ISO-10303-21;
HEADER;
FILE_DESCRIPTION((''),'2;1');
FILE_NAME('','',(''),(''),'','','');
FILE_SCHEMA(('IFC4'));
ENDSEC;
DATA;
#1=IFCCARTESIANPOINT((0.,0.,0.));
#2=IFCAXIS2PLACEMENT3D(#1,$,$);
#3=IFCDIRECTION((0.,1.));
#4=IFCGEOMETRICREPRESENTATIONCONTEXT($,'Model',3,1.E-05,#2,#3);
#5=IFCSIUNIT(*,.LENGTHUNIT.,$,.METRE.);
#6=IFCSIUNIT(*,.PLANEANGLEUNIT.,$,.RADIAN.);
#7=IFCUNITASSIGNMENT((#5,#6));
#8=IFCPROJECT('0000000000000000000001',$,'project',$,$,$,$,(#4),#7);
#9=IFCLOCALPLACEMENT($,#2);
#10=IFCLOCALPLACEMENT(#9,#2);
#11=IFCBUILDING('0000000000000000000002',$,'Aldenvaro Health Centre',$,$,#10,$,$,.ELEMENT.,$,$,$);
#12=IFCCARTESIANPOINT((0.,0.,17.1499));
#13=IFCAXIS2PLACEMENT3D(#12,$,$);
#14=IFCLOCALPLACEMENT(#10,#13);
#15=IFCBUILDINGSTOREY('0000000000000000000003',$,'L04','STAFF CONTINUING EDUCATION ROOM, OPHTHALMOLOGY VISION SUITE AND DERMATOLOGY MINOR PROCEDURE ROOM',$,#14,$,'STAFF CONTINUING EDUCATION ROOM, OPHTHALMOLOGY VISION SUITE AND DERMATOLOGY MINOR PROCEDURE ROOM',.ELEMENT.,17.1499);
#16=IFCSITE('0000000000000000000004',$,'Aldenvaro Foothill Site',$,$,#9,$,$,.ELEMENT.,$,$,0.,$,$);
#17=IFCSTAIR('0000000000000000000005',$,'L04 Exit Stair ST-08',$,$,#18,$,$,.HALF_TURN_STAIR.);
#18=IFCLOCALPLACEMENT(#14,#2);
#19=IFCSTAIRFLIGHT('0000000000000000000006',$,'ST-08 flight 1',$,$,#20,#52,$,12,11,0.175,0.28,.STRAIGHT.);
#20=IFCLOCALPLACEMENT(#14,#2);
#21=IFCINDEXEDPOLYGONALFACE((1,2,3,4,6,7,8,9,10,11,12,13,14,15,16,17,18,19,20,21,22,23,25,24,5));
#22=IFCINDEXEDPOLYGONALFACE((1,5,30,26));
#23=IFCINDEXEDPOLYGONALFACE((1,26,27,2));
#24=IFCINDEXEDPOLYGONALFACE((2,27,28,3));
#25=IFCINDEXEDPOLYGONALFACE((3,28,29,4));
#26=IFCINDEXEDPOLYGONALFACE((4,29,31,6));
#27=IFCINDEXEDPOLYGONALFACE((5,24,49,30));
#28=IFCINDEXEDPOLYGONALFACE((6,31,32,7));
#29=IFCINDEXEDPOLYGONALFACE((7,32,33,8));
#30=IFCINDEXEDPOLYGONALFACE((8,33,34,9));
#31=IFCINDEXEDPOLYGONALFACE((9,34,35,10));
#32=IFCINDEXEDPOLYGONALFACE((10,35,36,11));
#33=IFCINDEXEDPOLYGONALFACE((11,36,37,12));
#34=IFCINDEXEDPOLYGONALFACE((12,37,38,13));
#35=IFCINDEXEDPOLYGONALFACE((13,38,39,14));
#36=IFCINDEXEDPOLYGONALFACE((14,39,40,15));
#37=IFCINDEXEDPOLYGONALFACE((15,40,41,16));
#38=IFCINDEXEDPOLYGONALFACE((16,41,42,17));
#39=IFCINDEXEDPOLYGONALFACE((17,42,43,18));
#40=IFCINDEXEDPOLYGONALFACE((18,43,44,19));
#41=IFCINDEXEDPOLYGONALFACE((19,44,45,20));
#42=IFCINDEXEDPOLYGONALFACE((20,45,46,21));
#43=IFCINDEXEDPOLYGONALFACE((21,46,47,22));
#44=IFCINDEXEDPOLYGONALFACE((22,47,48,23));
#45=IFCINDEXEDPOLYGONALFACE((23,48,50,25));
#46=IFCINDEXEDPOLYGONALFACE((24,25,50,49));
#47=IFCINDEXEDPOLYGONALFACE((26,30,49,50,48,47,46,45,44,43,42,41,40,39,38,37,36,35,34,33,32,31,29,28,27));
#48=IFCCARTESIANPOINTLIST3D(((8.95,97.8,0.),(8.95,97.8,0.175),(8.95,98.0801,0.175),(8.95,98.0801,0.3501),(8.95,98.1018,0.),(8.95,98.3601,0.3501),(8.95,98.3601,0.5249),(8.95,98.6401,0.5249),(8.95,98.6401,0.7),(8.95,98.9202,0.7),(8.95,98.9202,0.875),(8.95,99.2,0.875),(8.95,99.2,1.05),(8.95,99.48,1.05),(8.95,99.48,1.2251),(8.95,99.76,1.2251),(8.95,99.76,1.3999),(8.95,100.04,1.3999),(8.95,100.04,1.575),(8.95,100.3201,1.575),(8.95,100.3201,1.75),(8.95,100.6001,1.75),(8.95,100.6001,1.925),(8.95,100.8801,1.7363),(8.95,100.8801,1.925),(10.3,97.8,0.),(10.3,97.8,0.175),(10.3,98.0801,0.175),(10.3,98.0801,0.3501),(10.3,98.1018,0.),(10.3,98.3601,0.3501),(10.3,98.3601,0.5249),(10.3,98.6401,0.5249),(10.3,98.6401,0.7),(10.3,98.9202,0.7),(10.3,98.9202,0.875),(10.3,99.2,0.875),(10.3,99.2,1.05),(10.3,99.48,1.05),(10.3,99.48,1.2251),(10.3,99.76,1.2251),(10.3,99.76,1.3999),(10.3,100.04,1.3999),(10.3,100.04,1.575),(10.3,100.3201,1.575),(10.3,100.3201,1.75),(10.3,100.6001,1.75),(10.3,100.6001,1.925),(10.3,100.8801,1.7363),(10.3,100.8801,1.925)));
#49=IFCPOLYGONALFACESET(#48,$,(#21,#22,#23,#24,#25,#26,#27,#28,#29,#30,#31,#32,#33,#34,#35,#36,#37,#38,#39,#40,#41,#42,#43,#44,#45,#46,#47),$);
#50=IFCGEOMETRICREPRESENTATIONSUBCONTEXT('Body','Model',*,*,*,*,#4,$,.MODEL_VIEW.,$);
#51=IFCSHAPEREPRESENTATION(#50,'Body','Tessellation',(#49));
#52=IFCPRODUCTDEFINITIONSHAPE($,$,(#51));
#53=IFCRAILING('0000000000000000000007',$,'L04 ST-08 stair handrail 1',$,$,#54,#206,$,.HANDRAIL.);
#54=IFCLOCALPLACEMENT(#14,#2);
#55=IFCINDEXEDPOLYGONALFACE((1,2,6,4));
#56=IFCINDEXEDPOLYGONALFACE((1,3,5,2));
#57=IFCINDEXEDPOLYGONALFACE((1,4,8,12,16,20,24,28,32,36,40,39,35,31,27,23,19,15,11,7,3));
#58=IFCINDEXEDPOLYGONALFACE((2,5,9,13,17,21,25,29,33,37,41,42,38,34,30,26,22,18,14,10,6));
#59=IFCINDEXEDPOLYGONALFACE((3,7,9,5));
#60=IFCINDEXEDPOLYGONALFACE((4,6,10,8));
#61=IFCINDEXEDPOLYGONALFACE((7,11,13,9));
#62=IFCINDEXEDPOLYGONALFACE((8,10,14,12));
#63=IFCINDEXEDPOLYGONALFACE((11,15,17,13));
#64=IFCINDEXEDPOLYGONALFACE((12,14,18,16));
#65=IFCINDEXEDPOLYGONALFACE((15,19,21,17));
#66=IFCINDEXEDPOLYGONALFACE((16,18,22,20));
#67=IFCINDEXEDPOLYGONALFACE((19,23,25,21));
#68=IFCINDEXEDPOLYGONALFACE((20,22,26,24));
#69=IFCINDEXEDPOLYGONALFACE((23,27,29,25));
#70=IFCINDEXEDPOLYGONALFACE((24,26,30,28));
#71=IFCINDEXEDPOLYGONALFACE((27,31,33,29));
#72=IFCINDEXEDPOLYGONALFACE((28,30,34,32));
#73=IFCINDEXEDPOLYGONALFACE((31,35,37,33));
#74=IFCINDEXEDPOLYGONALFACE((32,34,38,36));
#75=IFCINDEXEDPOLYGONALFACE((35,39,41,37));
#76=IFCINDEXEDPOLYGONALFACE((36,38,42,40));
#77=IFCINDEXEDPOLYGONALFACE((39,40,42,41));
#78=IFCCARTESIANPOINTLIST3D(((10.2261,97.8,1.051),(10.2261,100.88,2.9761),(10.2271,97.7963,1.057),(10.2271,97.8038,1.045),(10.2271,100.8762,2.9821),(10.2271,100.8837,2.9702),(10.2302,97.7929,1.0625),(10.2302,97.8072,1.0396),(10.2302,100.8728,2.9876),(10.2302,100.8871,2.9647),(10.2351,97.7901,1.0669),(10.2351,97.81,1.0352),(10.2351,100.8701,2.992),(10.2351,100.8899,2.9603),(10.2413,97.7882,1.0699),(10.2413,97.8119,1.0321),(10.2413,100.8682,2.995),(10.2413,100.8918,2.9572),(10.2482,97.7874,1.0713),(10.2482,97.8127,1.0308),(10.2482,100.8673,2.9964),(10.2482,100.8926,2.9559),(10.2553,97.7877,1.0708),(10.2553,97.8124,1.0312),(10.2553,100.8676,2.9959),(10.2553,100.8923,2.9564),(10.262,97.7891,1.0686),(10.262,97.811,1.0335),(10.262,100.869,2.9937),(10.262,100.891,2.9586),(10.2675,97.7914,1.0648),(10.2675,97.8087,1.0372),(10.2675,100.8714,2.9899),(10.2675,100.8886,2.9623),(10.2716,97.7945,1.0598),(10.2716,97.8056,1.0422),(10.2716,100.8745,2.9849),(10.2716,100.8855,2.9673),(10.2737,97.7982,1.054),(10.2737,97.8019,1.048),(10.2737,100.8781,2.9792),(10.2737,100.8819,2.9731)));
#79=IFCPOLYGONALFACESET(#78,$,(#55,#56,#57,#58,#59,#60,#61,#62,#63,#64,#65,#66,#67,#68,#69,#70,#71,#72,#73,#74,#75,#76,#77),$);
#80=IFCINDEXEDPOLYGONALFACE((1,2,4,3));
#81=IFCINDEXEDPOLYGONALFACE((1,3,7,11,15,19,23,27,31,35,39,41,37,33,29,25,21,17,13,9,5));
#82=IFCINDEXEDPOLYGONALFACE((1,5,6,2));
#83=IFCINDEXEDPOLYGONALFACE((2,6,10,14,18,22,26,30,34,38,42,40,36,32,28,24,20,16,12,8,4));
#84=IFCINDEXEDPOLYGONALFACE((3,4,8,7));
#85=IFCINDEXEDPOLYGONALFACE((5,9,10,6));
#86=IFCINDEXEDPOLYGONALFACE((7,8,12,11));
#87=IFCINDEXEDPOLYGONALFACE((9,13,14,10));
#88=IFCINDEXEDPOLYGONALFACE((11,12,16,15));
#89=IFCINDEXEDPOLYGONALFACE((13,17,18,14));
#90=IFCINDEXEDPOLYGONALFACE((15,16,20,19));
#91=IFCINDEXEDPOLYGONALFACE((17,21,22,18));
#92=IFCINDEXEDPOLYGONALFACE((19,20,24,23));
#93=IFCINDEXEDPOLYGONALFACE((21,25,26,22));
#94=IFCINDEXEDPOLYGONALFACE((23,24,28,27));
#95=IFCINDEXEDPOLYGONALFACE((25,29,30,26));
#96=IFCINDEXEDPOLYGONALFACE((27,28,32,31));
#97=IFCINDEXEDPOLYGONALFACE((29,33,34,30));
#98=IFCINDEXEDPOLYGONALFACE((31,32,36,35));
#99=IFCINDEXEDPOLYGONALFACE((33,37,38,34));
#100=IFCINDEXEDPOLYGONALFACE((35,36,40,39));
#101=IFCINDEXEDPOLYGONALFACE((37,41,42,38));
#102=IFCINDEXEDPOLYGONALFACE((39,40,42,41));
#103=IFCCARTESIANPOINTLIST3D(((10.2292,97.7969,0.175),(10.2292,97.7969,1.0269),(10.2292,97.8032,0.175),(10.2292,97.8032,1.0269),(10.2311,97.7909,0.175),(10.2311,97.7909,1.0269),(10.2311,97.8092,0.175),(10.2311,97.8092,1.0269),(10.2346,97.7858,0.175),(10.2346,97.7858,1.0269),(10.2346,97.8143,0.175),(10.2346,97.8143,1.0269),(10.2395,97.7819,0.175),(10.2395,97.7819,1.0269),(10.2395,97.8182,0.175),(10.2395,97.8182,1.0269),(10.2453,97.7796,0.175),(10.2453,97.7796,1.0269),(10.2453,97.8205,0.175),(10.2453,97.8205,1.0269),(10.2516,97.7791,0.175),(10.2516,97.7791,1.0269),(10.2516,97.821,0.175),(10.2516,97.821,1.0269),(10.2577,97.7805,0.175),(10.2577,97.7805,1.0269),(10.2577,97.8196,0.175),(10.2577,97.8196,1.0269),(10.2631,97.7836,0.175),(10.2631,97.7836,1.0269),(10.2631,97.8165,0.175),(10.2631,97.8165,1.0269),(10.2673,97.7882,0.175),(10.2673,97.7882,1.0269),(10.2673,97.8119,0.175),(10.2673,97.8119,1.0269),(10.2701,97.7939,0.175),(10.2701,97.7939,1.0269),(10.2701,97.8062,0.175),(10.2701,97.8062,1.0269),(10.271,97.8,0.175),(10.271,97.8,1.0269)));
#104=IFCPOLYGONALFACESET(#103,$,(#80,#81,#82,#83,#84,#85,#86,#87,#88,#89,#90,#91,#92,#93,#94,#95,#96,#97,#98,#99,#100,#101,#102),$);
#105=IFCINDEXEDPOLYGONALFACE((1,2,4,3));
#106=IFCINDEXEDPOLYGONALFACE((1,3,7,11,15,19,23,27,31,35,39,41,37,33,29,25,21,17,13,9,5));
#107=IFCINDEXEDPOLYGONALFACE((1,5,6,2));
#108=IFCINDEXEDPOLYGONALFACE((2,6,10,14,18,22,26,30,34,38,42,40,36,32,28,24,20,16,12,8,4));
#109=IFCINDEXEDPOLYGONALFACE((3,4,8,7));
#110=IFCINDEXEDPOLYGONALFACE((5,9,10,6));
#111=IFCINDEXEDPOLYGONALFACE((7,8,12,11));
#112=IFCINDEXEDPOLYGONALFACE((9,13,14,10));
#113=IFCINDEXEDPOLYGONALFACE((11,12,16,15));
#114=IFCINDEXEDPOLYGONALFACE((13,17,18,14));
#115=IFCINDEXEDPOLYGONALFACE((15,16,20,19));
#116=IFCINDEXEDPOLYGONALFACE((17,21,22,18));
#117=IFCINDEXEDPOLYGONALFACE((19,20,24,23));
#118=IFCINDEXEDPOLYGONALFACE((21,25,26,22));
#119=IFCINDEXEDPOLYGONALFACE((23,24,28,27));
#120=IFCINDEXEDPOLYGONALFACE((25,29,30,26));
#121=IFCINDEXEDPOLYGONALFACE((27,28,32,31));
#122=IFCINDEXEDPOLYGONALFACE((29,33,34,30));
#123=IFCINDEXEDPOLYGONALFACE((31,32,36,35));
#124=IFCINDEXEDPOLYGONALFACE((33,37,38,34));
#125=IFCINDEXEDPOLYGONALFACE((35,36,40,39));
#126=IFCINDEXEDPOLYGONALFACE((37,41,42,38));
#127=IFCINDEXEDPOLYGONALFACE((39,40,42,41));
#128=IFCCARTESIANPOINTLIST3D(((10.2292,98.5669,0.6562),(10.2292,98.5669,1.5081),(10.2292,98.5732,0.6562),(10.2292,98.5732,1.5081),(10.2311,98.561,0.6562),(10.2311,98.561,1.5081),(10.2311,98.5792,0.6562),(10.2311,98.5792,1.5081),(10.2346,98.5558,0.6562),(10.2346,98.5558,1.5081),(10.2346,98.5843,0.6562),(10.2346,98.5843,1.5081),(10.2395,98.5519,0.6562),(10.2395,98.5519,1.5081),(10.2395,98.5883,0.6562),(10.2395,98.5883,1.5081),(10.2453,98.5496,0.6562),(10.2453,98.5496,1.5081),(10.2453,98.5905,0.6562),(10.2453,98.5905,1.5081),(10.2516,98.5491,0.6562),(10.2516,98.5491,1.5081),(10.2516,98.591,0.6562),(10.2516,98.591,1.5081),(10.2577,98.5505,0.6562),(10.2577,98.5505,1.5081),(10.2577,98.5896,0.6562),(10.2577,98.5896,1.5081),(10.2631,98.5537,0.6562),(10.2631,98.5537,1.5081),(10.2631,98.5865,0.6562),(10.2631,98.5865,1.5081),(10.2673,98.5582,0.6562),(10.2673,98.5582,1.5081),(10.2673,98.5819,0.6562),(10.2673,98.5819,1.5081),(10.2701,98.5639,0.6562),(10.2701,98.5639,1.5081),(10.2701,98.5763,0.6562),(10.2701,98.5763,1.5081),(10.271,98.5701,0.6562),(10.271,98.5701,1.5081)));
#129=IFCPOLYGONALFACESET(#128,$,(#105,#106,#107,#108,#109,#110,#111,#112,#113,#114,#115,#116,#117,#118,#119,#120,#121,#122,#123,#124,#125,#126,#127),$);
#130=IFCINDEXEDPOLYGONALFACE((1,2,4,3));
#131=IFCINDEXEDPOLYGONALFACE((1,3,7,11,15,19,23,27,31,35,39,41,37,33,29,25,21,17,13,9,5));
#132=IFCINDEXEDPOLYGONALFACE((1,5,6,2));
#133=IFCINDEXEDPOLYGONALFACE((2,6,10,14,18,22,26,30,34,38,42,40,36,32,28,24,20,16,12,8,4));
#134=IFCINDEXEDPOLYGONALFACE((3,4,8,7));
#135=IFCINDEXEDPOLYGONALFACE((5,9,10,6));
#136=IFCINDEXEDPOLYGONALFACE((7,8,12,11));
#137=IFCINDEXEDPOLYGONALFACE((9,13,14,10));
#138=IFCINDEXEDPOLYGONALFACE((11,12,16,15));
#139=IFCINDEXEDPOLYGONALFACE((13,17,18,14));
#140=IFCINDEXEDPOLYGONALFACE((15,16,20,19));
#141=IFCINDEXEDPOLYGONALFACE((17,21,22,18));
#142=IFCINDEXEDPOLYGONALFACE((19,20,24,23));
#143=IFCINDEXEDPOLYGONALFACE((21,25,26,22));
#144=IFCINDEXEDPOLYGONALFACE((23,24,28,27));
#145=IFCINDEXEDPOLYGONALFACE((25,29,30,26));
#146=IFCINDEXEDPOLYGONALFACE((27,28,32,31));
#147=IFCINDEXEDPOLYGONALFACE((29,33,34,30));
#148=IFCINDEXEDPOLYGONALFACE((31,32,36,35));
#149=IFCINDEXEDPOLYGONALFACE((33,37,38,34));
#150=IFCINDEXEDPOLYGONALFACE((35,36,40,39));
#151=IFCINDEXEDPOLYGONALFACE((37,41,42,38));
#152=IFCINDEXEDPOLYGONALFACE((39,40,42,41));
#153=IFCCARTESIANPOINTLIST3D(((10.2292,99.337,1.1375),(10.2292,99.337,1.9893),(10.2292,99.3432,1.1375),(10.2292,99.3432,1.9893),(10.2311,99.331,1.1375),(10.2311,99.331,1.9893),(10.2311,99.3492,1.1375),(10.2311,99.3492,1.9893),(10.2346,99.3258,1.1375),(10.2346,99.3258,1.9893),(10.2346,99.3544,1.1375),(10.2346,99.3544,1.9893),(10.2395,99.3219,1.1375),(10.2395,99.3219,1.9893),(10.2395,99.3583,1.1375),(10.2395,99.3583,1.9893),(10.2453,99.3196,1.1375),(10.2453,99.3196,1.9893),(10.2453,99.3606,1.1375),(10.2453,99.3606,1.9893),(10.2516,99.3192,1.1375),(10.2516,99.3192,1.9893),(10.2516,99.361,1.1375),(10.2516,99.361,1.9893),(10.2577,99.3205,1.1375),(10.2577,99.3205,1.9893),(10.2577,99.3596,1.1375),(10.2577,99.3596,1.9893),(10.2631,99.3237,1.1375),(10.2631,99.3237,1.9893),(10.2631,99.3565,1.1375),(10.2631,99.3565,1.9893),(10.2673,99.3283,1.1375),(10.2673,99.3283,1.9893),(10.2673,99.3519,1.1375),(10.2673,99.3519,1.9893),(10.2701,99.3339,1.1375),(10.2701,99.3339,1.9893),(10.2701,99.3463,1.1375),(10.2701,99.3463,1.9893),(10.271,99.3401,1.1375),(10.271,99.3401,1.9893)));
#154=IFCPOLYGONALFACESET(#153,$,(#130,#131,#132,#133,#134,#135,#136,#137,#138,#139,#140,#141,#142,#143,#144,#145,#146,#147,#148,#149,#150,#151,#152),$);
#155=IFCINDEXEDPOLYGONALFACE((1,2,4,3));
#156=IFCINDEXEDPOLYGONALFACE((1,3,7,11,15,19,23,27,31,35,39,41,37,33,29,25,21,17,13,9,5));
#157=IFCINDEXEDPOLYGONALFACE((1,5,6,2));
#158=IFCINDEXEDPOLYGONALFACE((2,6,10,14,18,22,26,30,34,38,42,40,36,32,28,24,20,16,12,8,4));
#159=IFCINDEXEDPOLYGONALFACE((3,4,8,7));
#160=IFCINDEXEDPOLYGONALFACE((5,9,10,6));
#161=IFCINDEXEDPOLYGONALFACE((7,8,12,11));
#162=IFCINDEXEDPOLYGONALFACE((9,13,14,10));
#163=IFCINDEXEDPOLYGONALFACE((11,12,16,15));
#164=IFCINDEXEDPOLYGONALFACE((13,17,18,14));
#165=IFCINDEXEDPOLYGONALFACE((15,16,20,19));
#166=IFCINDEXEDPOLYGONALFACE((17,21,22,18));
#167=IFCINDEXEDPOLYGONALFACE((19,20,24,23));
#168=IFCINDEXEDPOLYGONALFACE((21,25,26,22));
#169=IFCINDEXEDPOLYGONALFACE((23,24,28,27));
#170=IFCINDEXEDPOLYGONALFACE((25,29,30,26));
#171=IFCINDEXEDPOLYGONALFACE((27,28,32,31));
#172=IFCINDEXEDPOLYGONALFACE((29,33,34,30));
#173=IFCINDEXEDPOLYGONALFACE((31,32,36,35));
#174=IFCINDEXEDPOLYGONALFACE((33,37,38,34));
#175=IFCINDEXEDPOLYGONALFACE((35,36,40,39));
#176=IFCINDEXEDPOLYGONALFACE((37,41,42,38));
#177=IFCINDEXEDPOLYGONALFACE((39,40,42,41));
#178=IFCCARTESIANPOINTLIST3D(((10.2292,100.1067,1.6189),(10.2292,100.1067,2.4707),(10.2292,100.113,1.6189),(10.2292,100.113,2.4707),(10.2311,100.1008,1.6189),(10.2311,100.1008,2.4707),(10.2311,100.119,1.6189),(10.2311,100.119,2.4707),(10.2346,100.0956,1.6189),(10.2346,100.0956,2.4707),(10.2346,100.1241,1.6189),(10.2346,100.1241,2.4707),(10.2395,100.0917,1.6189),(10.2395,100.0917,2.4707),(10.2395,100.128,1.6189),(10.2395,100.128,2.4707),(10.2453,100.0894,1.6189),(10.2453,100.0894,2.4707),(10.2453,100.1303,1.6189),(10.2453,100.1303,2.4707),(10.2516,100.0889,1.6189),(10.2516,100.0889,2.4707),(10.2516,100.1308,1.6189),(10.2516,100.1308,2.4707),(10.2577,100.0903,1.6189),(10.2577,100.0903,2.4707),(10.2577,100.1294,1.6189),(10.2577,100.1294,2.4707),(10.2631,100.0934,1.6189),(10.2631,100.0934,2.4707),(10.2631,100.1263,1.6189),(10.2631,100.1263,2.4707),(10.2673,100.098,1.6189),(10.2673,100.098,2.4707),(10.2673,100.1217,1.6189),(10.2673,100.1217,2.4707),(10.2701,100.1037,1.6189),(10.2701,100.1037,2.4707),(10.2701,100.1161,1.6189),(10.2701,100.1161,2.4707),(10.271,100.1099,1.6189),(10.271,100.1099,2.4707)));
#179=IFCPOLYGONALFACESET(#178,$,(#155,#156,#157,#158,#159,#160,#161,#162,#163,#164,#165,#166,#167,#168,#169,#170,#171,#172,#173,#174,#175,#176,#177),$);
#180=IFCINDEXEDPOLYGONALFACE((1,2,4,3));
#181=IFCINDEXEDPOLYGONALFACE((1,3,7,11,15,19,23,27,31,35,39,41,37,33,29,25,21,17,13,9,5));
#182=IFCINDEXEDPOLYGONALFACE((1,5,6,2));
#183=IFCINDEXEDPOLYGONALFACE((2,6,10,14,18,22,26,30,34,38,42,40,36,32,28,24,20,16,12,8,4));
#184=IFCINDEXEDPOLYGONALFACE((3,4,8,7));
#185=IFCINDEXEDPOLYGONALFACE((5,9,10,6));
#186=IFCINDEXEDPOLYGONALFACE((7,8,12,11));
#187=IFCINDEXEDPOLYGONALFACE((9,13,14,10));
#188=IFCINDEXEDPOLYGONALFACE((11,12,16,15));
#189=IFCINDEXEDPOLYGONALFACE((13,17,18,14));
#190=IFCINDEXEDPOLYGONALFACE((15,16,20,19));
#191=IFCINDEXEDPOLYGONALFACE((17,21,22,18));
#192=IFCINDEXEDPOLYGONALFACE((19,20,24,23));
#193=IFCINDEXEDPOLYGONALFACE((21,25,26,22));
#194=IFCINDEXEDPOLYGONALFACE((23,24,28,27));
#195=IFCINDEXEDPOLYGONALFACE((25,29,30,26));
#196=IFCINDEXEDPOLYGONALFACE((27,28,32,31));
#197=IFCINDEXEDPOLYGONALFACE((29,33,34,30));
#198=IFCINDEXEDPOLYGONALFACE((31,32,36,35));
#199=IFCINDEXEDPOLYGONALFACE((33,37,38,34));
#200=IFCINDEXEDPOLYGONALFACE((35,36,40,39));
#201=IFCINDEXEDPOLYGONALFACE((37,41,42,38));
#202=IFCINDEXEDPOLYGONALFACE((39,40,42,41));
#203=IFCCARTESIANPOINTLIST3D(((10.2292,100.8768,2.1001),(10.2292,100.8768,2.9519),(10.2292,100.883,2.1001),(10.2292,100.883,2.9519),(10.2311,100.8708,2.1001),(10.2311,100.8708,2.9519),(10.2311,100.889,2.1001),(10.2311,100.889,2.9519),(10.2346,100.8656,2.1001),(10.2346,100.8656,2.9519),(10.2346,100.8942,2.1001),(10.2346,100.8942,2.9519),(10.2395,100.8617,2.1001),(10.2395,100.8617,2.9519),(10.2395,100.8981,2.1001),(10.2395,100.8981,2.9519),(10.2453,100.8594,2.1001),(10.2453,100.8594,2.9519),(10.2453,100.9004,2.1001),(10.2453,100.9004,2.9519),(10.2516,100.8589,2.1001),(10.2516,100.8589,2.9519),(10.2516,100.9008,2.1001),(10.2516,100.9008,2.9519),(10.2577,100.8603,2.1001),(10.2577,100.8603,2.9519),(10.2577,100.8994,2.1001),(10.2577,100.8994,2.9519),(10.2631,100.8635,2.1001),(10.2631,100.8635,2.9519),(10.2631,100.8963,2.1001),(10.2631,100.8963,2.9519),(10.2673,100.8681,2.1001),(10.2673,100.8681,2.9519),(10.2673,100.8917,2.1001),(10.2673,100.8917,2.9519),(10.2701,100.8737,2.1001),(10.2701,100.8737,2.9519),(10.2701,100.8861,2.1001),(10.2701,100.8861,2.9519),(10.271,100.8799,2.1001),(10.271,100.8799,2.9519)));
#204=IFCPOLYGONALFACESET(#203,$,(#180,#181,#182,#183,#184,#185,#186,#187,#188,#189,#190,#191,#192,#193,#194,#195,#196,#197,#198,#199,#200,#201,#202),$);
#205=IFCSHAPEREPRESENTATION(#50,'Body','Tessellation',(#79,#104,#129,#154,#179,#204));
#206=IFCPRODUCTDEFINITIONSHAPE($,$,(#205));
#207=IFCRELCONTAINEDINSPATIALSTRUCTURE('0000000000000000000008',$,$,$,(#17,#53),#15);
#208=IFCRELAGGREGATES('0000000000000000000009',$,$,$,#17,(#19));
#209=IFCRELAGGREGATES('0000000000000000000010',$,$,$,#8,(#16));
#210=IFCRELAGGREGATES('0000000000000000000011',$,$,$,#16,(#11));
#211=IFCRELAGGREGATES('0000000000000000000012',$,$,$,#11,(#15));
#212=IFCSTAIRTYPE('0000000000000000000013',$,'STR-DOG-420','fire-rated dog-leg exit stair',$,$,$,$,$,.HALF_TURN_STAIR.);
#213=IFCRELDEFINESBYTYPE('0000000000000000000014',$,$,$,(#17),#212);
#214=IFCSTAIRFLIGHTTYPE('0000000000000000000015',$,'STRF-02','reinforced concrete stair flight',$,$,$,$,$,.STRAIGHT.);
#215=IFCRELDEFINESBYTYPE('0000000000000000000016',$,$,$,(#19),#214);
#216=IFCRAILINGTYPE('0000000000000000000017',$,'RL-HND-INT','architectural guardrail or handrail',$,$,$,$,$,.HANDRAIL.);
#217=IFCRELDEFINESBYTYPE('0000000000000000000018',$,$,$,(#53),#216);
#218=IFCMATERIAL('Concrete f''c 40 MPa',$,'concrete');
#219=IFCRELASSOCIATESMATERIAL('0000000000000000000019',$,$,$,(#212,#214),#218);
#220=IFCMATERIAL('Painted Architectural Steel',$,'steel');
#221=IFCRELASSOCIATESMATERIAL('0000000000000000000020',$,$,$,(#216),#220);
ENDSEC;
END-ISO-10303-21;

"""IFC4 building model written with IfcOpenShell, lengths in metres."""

from ifc_helpers import new_model, si_unit, direction, frame, origin, origin_2d, place, context, subcontext, project, spatial, polyline, circle, outline, extrude, material, type_object, element, aggregate, save


model = new_model("IFC4")

# Units and contexts
model_context = context("Model", 3, precision=1e-05, world=origin(), true_north=direction((0.0, 1.0)))
body_context = subcontext(model_context, "Body", "Model", "MODEL_VIEW")
ifc_project = project(units=[si_unit("LENGTHUNIT", "METRE"), si_unit("PLANEANGLEUNIT", "RADIAN")], contexts=[model_context])

# Site, building, storey
site_placement = place(None, origin())
site = spatial("IfcSite", under=ifc_project, at=site_placement, Name="Aldenvaro Foothill Site", CompositionType="ELEMENT", RefElevation=0.0)
building_placement = place(site_placement, origin())
building = spatial("IfcBuilding", under=site, at=building_placement, Name="Aldenvaro Health Centre", CompositionType="ELEMENT")
storey_placement = place(building_placement, frame((0.0, 0.0, 17.1499)))
storey = spatial("IfcBuildingStorey", under=building, at=storey_placement, Name="L04", Description="STAFF CONTINUING EDUCATION ROOM, OPHTHALMOLOGY VISION SUITE AND DERMATOLOGY MINOR PROCEDURE ROOM", LongName="STAFF CONTINUING EDUCATION ROOM, OPHTHALMOLOGY VISION SUITE AND DERMATOLOGY MINOR PROCEDURE ROOM", CompositionType="ELEMENT", Elevation=17.1499)

# Shared definitions
ifc_material_1 = material(Name="Concrete f'c 40 MPa", Category="concrete")

# Stair, stair flight
stair_type = type_object("IfcStairType", Name="STR-DOG-420", Description="fire-rated dog-leg exit stair", PredefinedType="HALF_TURN_STAIR", material=ifc_material_1)
stair_placement = place(storey_placement, origin())
stair = element("IfcStair", 1, at=stair_placement, inside=storey, type_object=stair_type, Name="L04 Exit Stair ST-08", PredefinedType="HALF_TURN_STAIR")
stair_flight_type = type_object("IfcStairFlightType", Name="STRF-02", Description="reinforced concrete stair flight", PredefinedType="STRAIGHT", material=ifc_material_1)
stair_flight_placement = place(storey_placement, frame((9.625, 97.8, 0.0), z_axis=(0.0, 0.0, 1.0), x_axis=(0.0, 1.0, 0.0)))
stair_flight = element("IfcStairFlight", 2, at=stair_flight_placement, type_object=stair_flight_type, Name="ST-08 flight 1", NumberOfRisers=12, NumberOfTreads=11, PredefinedType="STRAIGHT", RiserHeight=0.175, TreadLength=0.28, context=body_context, shape_type="SweptSolid", body=[
    extrude(outline(polyline([(0.0, 0.0), (0.0, 0.175), (0.28, 0.175), (0.28, 0.3501), (0.5601, 0.3501), (0.5601, 0.5249), (0.8401, 0.5249), (0.8401, 0.7), (1.1201, 0.7), (1.1201, 0.875), (1.3999, 0.875), (1.3999, 1.05), (1.6799, 1.05), (1.6799, 1.2251), (1.96, 1.2251), (1.96, 1.3999), (2.24, 1.3999), (2.24, 1.575), (2.52, 1.575), (2.52, 1.75), (2.8, 1.75), (2.8, 1.925), (3.0801, 1.925), (3.0801, 2.1001), (3.0801, 1.7363), (0.3018, 0.0), (0.0, 0.0)])), frame((0.0, 0.675, 0.0), z_axis=(0.0, -1.0, 0.0), x_axis=(1.0, 0.0, 0.0)), (0.0, 0.0, 1.0), 1.3501),
])
aggregate(stair, [stair_flight])

# Railing
ifc_material_2 = material(Name="Painted Architectural Steel", Category="steel")
railing_type = type_object("IfcRailingType", Name="RL-HND-INT", Description="architectural guardrail or handrail", PredefinedType="HANDRAIL", material=ifc_material_2)
railing_placement = place(storey_placement, frame((10.25, 97.8, 0.175)))
element("IfcRailing", 3, at=railing_placement, inside=storey, type_object=railing_type, Name="L04 ST-08 stair handrail 1", PredefinedType="HANDRAIL", context=body_context, shape_type="SweptSolid", body=[
    extrude(circle(Radius=0.0239, at=origin_2d()), frame((0.0, 0.0, 0.876), z_axis=(0.0, 0.847979, 0.530029), x_axis=(-1.0, 0.0, 0.0)), (0.0, 0.0, 1.0), 3.6321),
    extrude(circle(Radius=0.021, at=origin_2d()), origin(), (0.0, 0.0, 1.0), 0.8518),
    extrude(circle(Radius=0.021, at=origin_2d()), frame((0.0, 0.77, 0.4812)), (0.0, 0.0, 1.0), 0.8518),
    extrude(circle(Radius=0.021, at=origin_2d()), frame((0.0, 1.54, 0.9624)), (0.0, 0.0, 1.0), 0.8518),
    extrude(circle(Radius=0.021, at=origin_2d()), frame((0.0, 2.3098, 1.4438)), (0.0, 0.0, 1.0), 0.8518),
    extrude(circle(Radius=0.021, at=origin_2d()), frame((0.0, 3.0798, 1.925)), (0.0, 0.0, 1.0), 0.8518),
])

save(model, "model.ifc")
